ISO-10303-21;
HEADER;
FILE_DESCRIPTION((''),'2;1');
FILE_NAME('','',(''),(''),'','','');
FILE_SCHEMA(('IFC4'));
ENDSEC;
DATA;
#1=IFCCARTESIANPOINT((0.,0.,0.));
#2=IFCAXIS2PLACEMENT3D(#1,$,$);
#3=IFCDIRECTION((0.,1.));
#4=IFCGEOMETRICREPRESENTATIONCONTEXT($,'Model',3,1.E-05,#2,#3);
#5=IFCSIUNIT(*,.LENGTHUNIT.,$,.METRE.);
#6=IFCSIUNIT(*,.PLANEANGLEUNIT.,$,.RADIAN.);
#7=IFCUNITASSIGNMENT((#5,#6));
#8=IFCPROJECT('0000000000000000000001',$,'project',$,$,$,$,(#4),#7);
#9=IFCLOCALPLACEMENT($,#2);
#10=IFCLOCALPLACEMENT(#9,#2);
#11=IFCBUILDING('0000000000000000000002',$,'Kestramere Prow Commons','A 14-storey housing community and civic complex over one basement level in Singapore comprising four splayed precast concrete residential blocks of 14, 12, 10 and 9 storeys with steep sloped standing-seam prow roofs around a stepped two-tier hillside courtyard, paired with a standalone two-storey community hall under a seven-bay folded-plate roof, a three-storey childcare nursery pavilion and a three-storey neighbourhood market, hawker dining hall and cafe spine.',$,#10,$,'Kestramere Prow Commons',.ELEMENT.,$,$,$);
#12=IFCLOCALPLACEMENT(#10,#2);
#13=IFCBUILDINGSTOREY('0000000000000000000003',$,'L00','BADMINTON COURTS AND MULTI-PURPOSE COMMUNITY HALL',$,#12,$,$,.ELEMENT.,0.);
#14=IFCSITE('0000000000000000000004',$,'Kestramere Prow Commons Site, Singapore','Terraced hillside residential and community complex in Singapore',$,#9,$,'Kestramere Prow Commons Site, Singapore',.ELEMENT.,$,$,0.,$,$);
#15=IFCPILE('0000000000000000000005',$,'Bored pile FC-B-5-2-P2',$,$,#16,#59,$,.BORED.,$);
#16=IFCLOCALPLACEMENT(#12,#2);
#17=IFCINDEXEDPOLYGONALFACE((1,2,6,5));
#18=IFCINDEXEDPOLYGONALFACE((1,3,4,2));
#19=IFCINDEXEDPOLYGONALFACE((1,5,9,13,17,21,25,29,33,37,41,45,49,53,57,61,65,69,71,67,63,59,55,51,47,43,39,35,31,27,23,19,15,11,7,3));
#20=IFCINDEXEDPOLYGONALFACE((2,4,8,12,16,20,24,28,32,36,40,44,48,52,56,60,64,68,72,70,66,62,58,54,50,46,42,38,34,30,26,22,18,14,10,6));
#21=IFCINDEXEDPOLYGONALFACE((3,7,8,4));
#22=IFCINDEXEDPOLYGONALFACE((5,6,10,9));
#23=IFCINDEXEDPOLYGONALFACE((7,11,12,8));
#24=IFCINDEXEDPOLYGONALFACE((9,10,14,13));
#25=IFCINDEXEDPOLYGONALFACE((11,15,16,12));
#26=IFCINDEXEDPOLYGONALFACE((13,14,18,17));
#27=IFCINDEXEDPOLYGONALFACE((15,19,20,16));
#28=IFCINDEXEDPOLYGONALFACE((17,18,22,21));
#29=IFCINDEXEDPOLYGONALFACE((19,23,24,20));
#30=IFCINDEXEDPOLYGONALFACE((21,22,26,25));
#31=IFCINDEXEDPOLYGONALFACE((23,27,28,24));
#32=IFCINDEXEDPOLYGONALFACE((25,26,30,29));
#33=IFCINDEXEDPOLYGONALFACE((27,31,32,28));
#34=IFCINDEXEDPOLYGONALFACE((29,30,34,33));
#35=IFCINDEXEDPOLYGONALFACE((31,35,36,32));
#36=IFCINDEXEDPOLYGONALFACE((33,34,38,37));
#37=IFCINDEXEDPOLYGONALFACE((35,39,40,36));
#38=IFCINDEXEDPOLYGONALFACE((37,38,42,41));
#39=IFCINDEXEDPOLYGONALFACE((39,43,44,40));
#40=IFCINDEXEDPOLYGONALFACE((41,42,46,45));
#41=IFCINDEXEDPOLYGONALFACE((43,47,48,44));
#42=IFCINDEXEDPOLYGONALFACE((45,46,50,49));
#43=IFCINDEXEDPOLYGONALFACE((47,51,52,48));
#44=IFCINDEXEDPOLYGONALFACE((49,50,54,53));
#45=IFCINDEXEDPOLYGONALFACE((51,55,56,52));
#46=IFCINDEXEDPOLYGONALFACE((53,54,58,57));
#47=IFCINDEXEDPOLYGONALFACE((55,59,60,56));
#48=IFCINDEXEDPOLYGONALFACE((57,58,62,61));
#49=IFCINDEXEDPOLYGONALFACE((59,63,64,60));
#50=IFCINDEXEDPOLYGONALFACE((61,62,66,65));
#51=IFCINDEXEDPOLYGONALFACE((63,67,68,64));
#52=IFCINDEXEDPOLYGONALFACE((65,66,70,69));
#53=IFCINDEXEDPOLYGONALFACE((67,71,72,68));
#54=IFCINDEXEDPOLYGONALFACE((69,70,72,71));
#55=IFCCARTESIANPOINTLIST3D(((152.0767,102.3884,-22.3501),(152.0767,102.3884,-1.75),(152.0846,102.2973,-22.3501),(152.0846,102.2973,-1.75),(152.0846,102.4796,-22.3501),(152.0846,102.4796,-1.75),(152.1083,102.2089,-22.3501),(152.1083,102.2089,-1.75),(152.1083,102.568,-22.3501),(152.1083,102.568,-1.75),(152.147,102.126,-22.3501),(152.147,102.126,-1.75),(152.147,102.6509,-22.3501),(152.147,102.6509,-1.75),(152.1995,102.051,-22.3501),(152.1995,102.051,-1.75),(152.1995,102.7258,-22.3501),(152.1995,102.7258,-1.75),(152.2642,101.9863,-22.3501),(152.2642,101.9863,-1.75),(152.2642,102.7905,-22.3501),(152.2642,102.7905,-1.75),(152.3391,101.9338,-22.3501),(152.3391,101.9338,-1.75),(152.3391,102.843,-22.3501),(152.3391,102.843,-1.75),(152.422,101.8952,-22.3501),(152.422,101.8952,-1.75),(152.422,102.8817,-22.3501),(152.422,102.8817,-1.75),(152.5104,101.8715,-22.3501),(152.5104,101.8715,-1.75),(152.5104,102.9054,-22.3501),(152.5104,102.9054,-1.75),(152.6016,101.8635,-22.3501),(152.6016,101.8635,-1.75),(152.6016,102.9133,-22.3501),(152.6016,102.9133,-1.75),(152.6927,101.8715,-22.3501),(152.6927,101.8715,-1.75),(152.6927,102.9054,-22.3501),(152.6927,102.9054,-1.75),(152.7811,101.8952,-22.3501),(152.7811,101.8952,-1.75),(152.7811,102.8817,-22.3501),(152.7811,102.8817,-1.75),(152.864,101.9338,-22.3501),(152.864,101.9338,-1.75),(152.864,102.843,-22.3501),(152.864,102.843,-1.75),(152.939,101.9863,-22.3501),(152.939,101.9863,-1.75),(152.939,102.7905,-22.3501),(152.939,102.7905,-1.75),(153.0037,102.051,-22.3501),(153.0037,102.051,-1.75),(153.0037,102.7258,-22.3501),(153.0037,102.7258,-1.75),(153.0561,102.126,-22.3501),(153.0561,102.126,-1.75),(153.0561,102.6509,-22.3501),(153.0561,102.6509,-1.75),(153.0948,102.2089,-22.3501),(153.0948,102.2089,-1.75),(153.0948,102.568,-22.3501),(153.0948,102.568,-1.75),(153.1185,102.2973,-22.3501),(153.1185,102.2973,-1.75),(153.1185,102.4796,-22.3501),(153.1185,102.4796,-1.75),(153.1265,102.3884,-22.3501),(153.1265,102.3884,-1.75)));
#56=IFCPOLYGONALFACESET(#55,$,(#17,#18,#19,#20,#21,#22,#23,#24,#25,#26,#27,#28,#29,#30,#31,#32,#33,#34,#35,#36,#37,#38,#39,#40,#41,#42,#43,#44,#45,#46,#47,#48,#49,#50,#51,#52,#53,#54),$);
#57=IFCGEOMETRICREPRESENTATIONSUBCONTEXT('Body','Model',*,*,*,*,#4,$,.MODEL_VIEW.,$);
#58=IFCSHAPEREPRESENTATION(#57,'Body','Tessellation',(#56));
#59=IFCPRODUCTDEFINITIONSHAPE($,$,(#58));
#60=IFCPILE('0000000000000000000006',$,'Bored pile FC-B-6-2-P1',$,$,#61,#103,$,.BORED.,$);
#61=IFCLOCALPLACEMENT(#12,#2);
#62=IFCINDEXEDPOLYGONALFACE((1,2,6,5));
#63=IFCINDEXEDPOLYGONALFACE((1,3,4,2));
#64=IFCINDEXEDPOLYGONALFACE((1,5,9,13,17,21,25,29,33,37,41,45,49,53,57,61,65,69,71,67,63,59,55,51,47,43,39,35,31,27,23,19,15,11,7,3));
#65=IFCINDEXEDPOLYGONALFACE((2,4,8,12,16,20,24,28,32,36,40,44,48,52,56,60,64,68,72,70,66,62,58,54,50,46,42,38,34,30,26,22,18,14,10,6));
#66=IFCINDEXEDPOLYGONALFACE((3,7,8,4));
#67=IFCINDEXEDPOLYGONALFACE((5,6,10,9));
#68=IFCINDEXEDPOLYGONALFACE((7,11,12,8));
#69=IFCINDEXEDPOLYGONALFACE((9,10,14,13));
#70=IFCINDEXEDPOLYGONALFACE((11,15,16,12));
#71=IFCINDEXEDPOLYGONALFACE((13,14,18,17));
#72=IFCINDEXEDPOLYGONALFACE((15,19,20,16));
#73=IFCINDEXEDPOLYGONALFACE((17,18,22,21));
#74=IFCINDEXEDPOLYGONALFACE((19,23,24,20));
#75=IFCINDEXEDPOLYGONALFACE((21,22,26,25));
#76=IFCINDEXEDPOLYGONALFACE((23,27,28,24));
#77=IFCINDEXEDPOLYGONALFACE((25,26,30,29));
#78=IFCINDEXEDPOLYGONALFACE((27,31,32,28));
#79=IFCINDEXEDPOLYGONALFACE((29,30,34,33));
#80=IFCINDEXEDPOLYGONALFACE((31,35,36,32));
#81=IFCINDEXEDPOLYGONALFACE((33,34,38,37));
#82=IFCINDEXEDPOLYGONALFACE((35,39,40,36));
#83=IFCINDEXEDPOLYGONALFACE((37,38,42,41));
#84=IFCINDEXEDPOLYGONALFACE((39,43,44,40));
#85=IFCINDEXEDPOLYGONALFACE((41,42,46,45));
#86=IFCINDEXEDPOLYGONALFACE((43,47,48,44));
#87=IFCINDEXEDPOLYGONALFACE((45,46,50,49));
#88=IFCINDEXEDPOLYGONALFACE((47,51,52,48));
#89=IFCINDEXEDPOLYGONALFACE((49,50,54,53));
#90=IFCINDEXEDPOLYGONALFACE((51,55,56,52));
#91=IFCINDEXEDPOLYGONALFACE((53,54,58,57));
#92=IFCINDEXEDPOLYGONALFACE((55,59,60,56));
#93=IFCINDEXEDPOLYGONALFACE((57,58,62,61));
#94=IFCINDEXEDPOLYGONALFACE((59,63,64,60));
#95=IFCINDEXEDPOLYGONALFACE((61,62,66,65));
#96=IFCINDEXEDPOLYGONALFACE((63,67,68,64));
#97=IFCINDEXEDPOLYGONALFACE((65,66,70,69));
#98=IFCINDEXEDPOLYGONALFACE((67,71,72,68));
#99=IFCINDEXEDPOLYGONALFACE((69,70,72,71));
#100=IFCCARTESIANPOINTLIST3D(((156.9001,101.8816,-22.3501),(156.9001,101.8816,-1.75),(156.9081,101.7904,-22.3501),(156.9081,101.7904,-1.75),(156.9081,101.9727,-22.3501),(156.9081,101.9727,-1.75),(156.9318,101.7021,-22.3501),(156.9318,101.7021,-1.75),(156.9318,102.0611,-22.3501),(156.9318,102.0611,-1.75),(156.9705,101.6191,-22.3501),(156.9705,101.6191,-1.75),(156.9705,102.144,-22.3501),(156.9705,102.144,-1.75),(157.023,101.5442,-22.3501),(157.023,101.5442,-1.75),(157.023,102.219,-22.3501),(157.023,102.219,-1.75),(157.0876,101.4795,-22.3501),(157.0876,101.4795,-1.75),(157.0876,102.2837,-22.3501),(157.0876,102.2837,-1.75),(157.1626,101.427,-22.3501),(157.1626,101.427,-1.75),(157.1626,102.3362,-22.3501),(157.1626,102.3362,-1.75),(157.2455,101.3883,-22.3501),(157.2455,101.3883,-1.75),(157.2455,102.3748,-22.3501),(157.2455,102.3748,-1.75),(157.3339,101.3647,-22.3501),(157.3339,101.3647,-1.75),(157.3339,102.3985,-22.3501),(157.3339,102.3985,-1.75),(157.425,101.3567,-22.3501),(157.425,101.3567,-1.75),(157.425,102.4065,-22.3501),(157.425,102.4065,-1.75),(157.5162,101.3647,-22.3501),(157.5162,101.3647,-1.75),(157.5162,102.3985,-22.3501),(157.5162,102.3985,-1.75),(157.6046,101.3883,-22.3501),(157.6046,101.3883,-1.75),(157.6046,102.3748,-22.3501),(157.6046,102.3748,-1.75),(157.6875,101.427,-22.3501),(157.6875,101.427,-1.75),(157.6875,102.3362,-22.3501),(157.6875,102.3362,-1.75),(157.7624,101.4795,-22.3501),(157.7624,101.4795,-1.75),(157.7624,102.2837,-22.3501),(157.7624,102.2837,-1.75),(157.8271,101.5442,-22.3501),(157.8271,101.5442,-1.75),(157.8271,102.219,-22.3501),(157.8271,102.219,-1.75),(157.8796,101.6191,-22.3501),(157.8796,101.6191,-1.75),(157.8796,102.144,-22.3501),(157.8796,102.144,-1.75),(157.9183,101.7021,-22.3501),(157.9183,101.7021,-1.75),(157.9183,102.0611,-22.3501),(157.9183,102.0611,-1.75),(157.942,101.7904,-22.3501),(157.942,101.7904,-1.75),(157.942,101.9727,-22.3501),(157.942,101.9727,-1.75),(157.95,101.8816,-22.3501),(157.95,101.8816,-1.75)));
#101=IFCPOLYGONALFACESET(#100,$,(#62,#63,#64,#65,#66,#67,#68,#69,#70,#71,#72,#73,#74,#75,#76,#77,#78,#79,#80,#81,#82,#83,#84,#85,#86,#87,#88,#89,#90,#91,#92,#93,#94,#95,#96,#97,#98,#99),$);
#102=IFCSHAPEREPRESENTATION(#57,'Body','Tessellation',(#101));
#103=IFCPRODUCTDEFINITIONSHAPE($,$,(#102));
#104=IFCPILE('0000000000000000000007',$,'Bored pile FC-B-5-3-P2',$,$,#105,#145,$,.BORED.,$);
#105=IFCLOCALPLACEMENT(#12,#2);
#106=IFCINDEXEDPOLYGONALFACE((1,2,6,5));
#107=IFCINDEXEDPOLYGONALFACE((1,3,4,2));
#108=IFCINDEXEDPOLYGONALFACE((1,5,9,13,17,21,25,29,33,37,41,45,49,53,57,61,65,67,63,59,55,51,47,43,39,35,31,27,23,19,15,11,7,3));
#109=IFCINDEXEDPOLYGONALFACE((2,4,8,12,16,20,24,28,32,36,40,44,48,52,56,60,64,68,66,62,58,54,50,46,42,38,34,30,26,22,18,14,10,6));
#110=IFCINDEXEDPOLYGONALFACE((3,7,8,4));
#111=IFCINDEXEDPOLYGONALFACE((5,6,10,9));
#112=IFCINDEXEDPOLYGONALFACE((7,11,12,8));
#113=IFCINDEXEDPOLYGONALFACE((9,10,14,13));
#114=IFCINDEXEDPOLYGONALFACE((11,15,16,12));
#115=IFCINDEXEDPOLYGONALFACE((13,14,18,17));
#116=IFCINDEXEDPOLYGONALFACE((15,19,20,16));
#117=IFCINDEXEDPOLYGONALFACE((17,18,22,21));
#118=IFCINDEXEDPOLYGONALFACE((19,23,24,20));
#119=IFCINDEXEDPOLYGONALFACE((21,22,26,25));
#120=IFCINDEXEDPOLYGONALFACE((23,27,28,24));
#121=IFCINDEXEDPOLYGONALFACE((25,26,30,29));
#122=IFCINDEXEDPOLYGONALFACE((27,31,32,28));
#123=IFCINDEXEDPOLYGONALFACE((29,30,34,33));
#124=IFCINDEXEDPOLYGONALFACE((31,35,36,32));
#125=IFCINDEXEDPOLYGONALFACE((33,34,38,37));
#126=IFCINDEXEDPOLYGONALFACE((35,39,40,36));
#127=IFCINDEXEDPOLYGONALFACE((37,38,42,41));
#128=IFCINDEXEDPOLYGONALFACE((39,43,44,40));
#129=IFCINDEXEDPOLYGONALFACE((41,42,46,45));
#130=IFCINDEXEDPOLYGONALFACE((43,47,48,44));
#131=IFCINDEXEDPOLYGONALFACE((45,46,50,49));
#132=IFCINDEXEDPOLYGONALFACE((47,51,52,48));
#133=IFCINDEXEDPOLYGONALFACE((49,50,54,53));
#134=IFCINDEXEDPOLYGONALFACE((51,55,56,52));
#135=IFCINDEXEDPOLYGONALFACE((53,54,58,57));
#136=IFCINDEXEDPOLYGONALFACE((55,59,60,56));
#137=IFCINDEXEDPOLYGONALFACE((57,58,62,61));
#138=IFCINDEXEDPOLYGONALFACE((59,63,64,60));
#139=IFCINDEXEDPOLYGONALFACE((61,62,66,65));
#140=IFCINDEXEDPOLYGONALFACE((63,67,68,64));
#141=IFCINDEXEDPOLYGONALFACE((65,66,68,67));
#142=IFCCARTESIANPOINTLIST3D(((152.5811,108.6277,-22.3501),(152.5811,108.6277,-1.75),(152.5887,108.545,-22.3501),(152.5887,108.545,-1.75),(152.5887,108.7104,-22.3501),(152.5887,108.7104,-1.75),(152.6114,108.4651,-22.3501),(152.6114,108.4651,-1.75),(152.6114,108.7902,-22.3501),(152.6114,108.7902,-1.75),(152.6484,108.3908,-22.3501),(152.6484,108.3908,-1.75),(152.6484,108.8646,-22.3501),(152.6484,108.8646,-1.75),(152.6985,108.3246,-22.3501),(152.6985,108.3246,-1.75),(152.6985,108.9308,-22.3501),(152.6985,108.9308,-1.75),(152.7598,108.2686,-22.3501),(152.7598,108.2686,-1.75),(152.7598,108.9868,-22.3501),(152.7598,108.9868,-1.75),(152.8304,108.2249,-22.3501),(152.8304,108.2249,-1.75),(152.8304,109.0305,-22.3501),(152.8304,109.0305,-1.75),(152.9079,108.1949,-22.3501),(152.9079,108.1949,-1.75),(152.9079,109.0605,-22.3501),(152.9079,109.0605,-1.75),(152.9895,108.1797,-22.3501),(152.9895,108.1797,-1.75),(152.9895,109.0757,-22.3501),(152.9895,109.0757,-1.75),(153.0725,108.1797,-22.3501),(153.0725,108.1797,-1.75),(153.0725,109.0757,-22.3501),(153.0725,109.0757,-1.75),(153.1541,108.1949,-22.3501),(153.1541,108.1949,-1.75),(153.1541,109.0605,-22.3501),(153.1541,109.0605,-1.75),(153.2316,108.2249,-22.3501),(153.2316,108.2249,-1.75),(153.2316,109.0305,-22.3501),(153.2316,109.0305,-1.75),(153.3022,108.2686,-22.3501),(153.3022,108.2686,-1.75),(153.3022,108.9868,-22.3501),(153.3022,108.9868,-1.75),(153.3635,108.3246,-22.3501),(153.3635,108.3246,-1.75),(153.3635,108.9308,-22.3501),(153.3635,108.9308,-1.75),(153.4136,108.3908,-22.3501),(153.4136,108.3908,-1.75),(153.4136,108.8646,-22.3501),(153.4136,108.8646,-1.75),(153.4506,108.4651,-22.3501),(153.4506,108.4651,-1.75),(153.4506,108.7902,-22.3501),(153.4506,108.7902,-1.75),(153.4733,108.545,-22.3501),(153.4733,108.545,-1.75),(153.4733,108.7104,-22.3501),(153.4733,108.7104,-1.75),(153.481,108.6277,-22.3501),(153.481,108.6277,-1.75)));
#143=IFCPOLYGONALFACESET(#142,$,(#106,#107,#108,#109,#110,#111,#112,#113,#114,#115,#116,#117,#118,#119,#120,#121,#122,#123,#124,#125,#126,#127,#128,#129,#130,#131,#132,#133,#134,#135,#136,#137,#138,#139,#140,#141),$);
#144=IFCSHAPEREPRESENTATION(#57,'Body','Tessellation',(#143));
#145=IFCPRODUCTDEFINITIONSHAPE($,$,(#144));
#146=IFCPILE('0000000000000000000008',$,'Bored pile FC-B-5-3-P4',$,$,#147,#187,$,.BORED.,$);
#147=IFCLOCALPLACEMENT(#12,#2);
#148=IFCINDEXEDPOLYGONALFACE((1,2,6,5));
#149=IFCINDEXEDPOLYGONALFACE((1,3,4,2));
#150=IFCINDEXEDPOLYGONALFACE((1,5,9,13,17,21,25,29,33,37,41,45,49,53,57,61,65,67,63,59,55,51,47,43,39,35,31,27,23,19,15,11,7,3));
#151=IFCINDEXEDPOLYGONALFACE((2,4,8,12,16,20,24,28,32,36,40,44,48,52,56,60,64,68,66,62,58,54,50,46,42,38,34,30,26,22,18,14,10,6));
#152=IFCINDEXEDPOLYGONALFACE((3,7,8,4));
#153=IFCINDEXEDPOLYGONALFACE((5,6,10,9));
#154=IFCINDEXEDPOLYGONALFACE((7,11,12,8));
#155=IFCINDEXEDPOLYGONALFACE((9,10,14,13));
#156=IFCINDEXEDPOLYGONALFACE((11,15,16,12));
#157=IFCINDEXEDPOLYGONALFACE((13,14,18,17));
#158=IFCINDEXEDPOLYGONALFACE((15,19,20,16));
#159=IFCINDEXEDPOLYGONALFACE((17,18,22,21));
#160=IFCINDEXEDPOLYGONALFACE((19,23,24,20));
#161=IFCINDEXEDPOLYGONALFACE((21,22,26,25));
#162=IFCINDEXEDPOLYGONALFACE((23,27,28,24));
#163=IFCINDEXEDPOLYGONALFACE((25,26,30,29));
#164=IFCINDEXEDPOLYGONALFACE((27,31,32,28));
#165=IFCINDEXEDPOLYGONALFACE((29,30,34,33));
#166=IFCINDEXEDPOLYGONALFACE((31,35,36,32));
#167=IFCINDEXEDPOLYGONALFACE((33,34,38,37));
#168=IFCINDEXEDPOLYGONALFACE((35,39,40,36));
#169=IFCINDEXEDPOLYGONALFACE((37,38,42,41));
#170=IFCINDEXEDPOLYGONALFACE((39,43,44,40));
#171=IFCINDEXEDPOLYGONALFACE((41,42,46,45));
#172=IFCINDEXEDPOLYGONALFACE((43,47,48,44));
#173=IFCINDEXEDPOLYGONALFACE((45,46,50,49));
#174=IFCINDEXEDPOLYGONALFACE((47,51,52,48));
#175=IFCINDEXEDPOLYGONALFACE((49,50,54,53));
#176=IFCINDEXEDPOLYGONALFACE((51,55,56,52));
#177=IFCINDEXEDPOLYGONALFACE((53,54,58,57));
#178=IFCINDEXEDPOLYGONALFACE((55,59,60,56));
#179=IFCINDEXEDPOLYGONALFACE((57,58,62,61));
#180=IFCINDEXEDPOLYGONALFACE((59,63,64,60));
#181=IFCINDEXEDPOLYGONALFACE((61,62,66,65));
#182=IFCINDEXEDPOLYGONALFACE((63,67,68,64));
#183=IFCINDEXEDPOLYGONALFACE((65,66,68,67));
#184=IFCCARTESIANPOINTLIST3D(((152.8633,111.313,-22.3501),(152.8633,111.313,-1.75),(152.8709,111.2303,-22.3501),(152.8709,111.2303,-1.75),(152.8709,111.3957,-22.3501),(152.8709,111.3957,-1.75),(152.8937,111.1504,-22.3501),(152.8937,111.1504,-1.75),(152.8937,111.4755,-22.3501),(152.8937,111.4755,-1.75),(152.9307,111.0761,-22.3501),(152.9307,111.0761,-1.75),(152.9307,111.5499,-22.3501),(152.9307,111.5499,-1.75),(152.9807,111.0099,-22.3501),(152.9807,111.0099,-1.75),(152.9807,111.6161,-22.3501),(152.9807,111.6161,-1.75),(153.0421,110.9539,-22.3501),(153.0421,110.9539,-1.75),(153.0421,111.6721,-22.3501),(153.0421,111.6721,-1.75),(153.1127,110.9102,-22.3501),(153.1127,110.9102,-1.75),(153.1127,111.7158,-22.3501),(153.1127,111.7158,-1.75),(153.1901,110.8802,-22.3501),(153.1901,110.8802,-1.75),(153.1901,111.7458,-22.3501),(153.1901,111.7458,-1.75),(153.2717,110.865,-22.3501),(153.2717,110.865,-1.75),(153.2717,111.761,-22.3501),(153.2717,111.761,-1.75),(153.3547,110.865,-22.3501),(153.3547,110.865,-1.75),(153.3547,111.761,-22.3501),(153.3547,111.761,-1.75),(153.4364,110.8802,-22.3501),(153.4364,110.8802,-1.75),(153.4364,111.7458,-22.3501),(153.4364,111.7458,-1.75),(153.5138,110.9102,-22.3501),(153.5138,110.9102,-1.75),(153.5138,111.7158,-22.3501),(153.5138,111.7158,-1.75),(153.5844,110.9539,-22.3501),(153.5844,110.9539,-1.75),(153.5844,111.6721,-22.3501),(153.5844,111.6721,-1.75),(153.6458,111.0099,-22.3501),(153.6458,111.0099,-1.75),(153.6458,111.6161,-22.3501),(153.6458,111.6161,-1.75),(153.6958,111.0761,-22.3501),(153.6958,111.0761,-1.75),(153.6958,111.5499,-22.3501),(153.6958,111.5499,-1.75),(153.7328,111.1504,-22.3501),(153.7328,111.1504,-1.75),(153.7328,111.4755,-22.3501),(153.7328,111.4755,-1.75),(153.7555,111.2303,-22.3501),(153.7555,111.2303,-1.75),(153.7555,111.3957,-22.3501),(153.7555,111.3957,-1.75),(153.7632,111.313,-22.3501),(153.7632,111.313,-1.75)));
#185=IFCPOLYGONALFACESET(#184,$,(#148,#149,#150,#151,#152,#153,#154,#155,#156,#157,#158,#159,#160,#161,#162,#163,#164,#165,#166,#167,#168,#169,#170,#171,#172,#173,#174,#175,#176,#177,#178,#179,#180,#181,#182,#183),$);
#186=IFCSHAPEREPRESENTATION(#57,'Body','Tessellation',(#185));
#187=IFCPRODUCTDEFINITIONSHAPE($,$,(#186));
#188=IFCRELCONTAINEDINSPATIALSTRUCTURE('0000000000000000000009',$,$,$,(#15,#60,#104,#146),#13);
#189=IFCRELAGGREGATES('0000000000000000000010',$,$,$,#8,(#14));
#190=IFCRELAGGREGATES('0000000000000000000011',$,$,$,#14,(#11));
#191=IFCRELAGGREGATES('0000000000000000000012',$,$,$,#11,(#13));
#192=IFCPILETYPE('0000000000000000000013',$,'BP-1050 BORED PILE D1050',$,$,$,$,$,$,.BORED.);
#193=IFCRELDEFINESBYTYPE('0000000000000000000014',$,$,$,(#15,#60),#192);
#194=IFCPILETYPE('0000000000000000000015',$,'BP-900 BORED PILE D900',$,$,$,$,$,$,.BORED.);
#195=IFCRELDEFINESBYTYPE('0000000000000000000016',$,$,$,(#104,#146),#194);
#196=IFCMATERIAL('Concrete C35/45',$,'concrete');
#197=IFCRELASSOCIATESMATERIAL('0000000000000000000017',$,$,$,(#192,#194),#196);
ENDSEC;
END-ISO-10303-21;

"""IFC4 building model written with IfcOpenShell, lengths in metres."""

from ifc_helpers import new_model, si_unit, direction, frame, origin, origin_2d, place, context, subcontext, project, spatial, circle, extrude, material, material_profile, profile_set, type_object, element, save


model = new_model("IFC4")

# Units and contexts
model_context = context("Model", 3, precision=1e-05, world=origin(), true_north=direction((0.0, 1.0)))
body_context = subcontext(model_context, "Body", "Model", "MODEL_VIEW")
ifc_project = project(units=[si_unit("LENGTHUNIT", "METRE"), si_unit("PLANEANGLEUNIT", "RADIAN")], contexts=[model_context])

# Site, building, storey
site_placement = place(None, origin())
site = spatial("IfcSite", under=ifc_project, at=site_placement, Name="Kestramere Prow Commons Site, Singapore", Description="Terraced hillside residential and community complex in Singapore", LongName="Kestramere Prow Commons Site, Singapore", CompositionType="ELEMENT", RefElevation=0.0)
building_placement = place(site_placement, origin())
building = spatial("IfcBuilding", under=site, at=building_placement, Name="Kestramere Prow Commons", Description="A 14-storey housing community and civic complex over one basement level in Singapore comprising four splayed precast concrete residential blocks of 14, 12, 10 and 9 storeys with steep sloped standing-seam prow roofs around a stepped two-tier hillside courtyard, paired with a standalone two-storey community hall under a seven-bay folded-plate roof, a three-storey childcare nursery pavilion and a three-storey neighbourhood market, hawker dining hall and cafe spine.", LongName="Kestramere Prow Commons", CompositionType="ELEMENT")
storey_placement = place(building_placement, origin())
storey = spatial("IfcBuildingStorey", under=building, at=storey_placement, Name="L00", Description="BADMINTON COURTS AND MULTI-PURPOSE COMMUNITY HALL", CompositionType="ELEMENT", Elevation=0.0)

# Piles
ifc_material_1 = material(Name="Concrete C35/45", Category="concrete")
ifc_material_profile_1 = material_profile(ifc_material_1, circle(Radius=0.5249, at=origin_2d()), Name="BORED PILE D1050")
ifc_profile_set_1 = profile_set([ifc_material_profile_1], Name="Concrete C35/45")
pile_type_1 = type_object("IfcPileType", Name="BP-1050 BORED PILE D1050", PredefinedType="BORED", material=ifc_profile_set_1)
for number, where, z_axis, x_axis, name in (
    (1, (152.6016, 102.3884, -1.75), (0.0, 0.0, -1.0), (1.0, 0.0, 0.0), "Bored pile FC-B-5-2-P2"),
    (2, (157.425, 101.8816, -1.75), (0.0, 0.0, -1.0), (1.0, 0.0, 0.0), "Bored pile FC-B-6-2-P1"),
):
    element("IfcPile", number, at=place(storey_placement, frame(where, z_axis=z_axis, x_axis=x_axis)), inside=storey, type_object=pile_type_1, Name=name, PredefinedType="BORED", context=body_context, shape_type="SweptSolid", body=[
        extrude(circle(Radius=0.5249, at=origin_2d()), origin(), (0.0, 0.0, 1.0), 20.6001),
    ])
ifc_material_profile_2 = material_profile(ifc_material_1, circle(Radius=0.45, at=origin_2d()), Name="BORED PILE D900")
ifc_profile_set_2 = profile_set([ifc_material_profile_2], Name="Concrete C35/45")
pile_type_2 = type_object("IfcPileType", Name="BP-900 BORED PILE D900", PredefinedType="BORED", material=ifc_profile_set_2)
for number, where, z_axis, x_axis, name in (
    (3, (153.031, 108.6277, -1.75), (0.0, 0.0, -1.0), (1.0, 0.0, 0.0), "Bored pile FC-B-5-3-P2"),
    (4, (153.3132, 111.313, -1.75), (0.0, 0.0, -1.0), (1.0, 0.0, 0.0), "Bored pile FC-B-5-3-P4"),
):
    element("IfcPile", number, at=place(storey_placement, frame(where, z_axis=z_axis, x_axis=x_axis)), inside=storey, type_object=pile_type_2, Name=name, PredefinedType="BORED", context=body_context, shape_type="SweptSolid", body=[
        extrude(circle(Radius=0.45, at=origin_2d()), origin(), (0.0, 0.0, 1.0), 20.6001),
    ])

save(model, "model.ifc")
